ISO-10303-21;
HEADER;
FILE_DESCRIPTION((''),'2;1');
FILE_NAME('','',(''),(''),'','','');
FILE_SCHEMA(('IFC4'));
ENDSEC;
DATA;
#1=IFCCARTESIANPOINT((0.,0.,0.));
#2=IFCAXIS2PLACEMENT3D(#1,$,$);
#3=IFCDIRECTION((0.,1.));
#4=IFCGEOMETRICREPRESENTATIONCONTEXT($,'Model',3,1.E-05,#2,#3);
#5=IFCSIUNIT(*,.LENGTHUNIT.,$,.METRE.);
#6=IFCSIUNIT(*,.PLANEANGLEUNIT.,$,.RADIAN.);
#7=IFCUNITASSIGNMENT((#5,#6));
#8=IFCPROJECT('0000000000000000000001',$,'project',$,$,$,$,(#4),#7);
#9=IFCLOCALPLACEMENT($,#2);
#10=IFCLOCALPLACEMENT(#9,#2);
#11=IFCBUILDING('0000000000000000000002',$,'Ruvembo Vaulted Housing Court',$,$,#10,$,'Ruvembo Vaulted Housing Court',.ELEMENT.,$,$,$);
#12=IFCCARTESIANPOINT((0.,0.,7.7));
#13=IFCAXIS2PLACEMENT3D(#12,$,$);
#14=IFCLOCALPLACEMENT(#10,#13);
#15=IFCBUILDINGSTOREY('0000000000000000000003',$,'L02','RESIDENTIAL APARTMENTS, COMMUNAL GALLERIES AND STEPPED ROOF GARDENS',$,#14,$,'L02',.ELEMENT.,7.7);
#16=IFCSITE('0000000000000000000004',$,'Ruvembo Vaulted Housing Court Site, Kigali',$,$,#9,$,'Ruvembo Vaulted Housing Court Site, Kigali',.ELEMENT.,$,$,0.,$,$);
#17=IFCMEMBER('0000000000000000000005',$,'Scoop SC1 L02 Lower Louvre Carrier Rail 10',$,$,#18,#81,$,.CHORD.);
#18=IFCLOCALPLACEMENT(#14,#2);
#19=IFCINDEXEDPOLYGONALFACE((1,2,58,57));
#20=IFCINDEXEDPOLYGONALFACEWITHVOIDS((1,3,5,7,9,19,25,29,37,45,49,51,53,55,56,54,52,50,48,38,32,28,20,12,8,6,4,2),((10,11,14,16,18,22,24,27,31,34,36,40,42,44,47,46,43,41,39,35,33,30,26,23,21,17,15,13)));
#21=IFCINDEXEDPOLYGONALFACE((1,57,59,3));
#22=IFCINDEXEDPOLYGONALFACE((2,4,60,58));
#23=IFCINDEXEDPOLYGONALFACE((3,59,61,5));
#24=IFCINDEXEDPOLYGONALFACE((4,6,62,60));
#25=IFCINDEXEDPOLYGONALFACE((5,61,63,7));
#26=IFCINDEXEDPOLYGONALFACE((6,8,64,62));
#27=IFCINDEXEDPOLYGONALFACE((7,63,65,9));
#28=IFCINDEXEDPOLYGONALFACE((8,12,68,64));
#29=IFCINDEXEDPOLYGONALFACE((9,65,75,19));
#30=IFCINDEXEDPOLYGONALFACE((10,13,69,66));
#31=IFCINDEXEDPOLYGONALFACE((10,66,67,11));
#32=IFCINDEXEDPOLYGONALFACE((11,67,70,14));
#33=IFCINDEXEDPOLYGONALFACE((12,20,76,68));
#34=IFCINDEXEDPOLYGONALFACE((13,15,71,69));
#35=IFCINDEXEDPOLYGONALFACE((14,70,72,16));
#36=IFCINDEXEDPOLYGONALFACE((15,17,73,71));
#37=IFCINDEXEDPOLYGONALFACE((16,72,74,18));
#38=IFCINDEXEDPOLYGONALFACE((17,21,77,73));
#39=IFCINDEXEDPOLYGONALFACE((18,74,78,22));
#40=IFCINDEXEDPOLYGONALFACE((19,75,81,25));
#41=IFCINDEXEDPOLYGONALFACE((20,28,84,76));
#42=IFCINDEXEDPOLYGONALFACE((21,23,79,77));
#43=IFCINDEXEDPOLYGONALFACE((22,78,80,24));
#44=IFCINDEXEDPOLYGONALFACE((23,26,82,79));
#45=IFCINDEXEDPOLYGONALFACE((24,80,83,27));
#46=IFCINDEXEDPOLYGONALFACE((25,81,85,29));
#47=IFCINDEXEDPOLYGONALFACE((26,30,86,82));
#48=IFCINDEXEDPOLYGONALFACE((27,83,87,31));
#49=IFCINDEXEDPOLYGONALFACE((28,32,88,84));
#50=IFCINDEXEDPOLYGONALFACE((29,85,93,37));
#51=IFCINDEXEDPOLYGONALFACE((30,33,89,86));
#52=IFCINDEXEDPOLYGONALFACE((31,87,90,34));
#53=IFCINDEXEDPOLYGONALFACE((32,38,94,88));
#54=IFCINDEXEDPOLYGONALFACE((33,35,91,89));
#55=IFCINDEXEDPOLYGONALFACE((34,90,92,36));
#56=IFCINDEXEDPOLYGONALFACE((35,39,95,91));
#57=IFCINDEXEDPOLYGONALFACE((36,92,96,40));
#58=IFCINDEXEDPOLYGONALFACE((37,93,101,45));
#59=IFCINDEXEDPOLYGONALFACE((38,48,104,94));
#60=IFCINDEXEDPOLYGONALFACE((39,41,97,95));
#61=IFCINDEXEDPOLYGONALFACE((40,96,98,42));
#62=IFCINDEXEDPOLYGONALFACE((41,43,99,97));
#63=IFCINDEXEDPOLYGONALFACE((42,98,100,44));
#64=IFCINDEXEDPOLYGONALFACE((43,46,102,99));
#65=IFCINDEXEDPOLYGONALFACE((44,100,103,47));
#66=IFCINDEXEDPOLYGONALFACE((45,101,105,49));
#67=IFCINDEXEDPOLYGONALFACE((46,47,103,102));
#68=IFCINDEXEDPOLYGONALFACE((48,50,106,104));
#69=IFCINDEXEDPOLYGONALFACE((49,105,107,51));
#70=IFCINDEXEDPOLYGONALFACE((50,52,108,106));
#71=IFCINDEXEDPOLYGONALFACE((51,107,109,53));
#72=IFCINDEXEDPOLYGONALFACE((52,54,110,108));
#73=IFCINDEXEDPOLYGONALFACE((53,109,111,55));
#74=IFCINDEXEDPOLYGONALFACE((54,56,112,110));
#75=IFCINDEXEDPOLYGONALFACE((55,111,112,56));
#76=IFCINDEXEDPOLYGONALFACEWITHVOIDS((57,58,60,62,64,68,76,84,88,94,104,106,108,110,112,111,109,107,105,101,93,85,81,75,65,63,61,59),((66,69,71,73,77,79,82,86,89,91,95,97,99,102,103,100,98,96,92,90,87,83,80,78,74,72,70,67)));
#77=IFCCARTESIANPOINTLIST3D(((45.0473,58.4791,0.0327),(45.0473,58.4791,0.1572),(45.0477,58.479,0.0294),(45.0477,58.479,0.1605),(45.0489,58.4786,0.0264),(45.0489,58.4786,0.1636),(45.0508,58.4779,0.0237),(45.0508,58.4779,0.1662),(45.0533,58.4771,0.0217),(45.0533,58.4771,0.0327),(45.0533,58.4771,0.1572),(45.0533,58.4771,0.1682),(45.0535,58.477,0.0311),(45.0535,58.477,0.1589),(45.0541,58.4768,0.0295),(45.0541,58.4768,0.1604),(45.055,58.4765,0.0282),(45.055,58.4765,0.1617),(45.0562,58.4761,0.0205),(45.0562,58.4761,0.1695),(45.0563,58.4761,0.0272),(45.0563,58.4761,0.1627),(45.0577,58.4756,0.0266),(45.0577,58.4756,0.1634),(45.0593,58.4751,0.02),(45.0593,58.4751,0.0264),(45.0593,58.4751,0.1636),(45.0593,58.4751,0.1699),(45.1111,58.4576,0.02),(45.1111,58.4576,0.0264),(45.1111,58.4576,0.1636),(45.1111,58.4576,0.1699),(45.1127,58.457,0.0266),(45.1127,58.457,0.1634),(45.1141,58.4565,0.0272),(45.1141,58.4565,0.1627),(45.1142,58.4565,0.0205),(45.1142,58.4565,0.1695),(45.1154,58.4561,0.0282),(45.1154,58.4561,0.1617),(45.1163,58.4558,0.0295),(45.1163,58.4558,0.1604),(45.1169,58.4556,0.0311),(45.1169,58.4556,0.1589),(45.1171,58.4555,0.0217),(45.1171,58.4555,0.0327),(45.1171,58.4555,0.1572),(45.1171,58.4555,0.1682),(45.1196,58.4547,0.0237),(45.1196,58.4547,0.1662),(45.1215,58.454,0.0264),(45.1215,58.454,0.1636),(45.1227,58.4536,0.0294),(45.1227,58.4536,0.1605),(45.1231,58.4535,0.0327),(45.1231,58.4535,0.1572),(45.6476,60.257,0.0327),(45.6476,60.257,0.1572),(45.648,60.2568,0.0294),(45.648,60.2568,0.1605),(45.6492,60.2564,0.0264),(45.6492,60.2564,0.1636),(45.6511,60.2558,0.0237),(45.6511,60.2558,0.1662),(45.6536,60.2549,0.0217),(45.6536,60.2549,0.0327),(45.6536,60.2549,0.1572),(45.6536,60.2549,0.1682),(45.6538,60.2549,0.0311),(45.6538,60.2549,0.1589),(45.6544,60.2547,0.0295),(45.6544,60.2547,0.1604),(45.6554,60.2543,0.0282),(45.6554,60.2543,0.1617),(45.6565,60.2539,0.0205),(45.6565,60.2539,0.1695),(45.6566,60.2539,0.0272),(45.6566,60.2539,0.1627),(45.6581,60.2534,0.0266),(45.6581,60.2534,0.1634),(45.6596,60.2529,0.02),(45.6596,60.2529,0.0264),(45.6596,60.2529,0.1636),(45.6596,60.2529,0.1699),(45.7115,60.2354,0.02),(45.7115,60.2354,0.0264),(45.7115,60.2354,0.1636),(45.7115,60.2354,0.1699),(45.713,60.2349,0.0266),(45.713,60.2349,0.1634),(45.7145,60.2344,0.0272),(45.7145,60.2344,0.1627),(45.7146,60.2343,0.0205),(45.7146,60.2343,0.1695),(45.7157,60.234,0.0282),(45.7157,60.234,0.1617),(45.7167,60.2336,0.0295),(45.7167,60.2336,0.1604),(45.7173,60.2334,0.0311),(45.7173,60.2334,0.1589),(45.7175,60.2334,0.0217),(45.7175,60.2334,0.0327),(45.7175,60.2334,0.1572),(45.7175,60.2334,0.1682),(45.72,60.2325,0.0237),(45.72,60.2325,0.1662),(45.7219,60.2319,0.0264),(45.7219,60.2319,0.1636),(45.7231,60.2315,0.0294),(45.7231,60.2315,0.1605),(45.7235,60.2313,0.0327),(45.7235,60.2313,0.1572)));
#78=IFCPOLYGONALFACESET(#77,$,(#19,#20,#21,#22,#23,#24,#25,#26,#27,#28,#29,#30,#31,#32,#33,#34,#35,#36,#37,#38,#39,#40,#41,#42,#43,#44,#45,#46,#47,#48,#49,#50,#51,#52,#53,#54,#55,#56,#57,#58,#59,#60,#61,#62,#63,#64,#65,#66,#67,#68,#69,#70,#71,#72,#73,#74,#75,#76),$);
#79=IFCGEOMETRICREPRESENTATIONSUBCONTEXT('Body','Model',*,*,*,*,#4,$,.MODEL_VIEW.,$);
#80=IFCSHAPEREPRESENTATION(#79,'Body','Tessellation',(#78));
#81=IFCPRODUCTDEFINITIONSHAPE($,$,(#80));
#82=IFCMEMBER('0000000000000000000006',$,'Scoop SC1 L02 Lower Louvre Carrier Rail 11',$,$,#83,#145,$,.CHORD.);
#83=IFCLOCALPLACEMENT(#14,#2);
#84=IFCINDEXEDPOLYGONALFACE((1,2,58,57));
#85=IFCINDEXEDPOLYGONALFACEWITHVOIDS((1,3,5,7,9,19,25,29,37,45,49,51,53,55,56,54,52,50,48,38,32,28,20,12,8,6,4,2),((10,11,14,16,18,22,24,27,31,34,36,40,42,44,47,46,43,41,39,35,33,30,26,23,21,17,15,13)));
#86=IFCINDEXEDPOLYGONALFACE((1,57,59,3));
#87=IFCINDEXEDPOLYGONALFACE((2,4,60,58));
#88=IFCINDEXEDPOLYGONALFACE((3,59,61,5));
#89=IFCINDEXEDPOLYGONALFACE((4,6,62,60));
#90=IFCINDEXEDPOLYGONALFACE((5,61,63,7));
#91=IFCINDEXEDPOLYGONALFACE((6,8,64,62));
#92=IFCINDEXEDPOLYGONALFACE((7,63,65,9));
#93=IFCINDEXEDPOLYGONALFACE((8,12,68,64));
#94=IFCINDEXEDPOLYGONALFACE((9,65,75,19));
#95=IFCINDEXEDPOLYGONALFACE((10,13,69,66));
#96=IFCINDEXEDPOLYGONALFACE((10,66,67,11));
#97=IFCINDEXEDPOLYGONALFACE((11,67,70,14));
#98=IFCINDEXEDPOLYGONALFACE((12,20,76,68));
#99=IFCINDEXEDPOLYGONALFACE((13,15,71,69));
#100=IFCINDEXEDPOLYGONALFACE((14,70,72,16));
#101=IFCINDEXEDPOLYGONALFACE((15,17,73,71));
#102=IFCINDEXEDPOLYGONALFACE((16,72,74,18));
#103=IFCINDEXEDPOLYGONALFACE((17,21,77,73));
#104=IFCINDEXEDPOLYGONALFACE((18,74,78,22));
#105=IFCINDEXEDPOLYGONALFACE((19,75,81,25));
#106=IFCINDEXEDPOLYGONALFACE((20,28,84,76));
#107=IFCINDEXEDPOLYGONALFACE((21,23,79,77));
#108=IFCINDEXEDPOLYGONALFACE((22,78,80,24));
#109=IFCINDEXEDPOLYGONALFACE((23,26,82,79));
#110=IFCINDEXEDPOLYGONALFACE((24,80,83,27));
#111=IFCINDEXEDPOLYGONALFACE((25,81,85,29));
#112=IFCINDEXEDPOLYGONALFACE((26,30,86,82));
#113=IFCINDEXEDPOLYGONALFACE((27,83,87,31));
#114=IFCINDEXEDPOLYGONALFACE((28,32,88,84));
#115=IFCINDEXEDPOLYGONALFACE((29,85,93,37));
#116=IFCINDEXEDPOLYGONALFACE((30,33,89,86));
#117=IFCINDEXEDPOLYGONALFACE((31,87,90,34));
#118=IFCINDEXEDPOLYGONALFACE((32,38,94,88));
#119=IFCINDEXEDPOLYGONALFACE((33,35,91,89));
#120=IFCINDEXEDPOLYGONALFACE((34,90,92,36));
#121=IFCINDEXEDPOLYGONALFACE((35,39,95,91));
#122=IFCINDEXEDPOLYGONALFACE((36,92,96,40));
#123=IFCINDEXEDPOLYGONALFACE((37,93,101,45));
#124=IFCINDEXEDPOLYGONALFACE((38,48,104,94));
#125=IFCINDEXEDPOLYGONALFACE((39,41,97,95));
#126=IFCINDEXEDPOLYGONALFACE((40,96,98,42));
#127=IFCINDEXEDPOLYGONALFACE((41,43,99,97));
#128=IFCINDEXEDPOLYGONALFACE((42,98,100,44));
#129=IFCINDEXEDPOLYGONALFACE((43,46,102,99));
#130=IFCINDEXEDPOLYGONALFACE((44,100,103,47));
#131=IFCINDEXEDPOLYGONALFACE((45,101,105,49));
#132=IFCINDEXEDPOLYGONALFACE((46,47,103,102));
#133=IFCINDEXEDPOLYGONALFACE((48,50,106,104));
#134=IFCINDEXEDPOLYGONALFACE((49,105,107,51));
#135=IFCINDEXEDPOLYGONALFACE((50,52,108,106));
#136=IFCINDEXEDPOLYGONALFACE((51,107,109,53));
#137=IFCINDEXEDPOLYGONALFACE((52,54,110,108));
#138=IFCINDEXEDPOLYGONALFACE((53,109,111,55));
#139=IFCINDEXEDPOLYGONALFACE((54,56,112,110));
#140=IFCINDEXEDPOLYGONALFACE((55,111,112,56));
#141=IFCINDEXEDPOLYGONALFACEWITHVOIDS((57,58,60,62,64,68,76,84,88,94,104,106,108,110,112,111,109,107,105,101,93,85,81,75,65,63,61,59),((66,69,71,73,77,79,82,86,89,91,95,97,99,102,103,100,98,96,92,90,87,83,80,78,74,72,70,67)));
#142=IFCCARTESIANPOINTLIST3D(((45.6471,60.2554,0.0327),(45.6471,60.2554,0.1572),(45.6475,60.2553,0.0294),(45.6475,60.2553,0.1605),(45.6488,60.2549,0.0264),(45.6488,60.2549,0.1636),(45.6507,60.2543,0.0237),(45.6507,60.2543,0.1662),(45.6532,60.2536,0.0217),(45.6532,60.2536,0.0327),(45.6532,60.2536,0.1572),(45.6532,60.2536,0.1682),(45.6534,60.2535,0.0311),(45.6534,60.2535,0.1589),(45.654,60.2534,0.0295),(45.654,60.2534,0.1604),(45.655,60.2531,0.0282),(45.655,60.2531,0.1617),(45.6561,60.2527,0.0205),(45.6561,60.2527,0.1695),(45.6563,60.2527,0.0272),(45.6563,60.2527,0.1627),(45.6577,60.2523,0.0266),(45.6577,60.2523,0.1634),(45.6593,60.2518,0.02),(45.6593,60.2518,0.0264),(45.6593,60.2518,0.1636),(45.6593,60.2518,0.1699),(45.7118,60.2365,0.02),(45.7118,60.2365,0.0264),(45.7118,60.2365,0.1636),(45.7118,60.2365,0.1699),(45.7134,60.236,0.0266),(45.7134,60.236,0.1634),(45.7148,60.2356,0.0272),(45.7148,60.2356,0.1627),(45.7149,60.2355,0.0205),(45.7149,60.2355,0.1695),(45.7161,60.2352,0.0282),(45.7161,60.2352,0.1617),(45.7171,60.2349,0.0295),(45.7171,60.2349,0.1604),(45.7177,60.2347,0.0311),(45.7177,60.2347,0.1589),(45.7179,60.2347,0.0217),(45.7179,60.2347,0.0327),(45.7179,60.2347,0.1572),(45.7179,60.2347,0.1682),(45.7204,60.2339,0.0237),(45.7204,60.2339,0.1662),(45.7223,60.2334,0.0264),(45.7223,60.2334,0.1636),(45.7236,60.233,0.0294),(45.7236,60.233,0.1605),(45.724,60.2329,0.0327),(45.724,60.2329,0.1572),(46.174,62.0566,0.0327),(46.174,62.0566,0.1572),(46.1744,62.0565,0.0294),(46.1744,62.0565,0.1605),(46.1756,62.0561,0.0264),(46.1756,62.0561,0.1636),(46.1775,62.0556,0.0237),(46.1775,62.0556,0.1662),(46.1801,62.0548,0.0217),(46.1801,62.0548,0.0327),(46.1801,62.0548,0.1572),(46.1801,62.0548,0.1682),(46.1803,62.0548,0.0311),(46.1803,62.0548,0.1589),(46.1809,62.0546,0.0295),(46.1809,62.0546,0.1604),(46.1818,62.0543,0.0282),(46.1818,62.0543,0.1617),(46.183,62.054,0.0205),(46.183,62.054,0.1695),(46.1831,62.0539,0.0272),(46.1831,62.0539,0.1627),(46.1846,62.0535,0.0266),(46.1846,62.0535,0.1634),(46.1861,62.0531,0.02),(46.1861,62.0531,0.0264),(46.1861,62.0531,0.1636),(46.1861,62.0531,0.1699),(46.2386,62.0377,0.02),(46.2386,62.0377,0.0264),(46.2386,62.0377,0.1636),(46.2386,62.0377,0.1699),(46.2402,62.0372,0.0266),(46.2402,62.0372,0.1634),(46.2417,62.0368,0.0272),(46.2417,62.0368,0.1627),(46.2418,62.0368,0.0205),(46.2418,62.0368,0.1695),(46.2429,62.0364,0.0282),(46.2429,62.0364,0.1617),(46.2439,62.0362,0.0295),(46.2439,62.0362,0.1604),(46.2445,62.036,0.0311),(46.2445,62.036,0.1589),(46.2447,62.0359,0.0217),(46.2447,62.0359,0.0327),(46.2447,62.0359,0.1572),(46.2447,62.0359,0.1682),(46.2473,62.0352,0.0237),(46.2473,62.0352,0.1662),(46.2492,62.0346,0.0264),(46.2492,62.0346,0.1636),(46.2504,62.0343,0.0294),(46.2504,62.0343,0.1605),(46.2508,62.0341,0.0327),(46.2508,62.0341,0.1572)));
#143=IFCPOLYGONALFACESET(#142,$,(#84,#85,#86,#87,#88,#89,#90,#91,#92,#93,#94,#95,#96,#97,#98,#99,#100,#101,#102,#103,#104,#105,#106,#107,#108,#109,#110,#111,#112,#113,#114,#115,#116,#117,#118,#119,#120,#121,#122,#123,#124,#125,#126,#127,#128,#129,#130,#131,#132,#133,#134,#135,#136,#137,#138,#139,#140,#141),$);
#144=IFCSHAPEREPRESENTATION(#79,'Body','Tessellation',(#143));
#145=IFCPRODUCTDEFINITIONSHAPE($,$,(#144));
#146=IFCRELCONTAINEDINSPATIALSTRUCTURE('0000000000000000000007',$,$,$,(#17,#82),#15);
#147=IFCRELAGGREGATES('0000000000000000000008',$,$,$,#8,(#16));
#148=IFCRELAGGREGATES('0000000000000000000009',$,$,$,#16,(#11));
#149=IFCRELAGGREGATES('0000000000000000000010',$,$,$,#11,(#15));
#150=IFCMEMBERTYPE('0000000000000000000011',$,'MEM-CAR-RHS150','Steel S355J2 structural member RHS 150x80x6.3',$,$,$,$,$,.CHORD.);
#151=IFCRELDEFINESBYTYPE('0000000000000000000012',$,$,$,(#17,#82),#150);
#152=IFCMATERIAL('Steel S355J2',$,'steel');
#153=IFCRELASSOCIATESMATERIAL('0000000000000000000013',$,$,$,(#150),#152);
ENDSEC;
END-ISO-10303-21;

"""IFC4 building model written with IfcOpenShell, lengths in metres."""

from ifc_helpers import new_model, si_unit, direction, frame, origin, origin_2d, place, context, subcontext, project, spatial, hollow_rectangle, extrude, material, material_profile, profile_set, type_object, element, save


model = new_model("IFC4")

# Units and contexts
model_context = context("Model", 3, precision=1e-05, world=origin(), true_north=direction((0.0, 1.0)))
body_context = subcontext(model_context, "Body", "Model", "MODEL_VIEW")
ifc_project = project(units=[si_unit("LENGTHUNIT", "METRE"), si_unit("PLANEANGLEUNIT", "RADIAN")], contexts=[model_context])

# Site, building, storey
site_placement = place(None, origin())
site = spatial("IfcSite", under=ifc_project, at=site_placement, Name="Ruvembo Vaulted Housing Court Site, Kigali", LongName="Ruvembo Vaulted Housing Court Site, Kigali", CompositionType="ELEMENT", RefElevation=0.0)
building_placement = place(site_placement, origin())
building = spatial("IfcBuilding", under=site, at=building_placement, Name="Ruvembo Vaulted Housing Court", LongName="Ruvembo Vaulted Housing Court", CompositionType="ELEMENT")
storey_placement = place(building_placement, frame((0.0, 0.0, 7.7)))
storey = spatial("IfcBuildingStorey", under=building, at=storey_placement, Name="L02", Description="RESIDENTIAL APARTMENTS, COMMUNAL GALLERIES AND STEPPED ROOF GARDENS", LongName="L02", CompositionType="ELEMENT", Elevation=7.7)

# Shared definitions
ifc_material_1 = material(Name="Steel S355J2", Category="steel")

# Members
ifc_material_profile_1 = material_profile(ifc_material_1, hollow_rectangle(XDim=0.0801, YDim=0.1499, WallThickness=0.0063, InnerFilletRadius=0.0063, OuterFilletRadius=0.0127, at=origin_2d()), Name="RHS 150x80x6.3")
ifc_profile_set_1 = profile_set([ifc_material_profile_1], Name="Steel S355J2")
member_type_1 = type_object("IfcMemberType", Name="MEM-CAR-RHS150", Description="Steel S355J2 structural member RHS 150x80x6.3", PredefinedType="CHORD", material=ifc_profile_set_1)
member_1_placement = place(storey_placement, frame((45.0852, 58.4663, 0.095), z_axis=(0.319933, 0.94744, 0.0), x_axis=(-0.94744, 0.319933, 0.0)))
element("IfcMember", 1, at=member_1_placement, inside=storey, type_object=member_type_1, Name="Scoop SC1 L02 Lower Louvre Carrier Rail 10", PredefinedType="CHORD", context=body_context, shape_type="SweptSolid", body=[
    extrude(hollow_rectangle(XDim=0.0801, YDim=0.1499, WallThickness=0.0063, InnerFilletRadius=0.0063, OuterFilletRadius=0.0127, at=origin_2d()), origin(), (0.0, 0.0, 1.0), 1.8765),
])
member_2_placement = place(storey_placement, frame((45.6855, 60.2441, 0.095), z_axis=(0.280729, 0.959787, 0.0), x_axis=(-0.959787, 0.280729, 0.0)))
element("IfcMember", 2, at=member_2_placement, inside=storey, type_object=member_type_1, Name="Scoop SC1 L02 Lower Louvre Carrier Rail 11", PredefinedType="CHORD", context=body_context, shape_type="SweptSolid", body=[
    extrude(hollow_rectangle(XDim=0.0801, YDim=0.1499, WallThickness=0.0063, InnerFilletRadius=0.0063, OuterFilletRadius=0.0127, at=origin_2d()), origin(), (0.0, 0.0, 1.0), 1.8767),
])

save(model, "model.ifc")
